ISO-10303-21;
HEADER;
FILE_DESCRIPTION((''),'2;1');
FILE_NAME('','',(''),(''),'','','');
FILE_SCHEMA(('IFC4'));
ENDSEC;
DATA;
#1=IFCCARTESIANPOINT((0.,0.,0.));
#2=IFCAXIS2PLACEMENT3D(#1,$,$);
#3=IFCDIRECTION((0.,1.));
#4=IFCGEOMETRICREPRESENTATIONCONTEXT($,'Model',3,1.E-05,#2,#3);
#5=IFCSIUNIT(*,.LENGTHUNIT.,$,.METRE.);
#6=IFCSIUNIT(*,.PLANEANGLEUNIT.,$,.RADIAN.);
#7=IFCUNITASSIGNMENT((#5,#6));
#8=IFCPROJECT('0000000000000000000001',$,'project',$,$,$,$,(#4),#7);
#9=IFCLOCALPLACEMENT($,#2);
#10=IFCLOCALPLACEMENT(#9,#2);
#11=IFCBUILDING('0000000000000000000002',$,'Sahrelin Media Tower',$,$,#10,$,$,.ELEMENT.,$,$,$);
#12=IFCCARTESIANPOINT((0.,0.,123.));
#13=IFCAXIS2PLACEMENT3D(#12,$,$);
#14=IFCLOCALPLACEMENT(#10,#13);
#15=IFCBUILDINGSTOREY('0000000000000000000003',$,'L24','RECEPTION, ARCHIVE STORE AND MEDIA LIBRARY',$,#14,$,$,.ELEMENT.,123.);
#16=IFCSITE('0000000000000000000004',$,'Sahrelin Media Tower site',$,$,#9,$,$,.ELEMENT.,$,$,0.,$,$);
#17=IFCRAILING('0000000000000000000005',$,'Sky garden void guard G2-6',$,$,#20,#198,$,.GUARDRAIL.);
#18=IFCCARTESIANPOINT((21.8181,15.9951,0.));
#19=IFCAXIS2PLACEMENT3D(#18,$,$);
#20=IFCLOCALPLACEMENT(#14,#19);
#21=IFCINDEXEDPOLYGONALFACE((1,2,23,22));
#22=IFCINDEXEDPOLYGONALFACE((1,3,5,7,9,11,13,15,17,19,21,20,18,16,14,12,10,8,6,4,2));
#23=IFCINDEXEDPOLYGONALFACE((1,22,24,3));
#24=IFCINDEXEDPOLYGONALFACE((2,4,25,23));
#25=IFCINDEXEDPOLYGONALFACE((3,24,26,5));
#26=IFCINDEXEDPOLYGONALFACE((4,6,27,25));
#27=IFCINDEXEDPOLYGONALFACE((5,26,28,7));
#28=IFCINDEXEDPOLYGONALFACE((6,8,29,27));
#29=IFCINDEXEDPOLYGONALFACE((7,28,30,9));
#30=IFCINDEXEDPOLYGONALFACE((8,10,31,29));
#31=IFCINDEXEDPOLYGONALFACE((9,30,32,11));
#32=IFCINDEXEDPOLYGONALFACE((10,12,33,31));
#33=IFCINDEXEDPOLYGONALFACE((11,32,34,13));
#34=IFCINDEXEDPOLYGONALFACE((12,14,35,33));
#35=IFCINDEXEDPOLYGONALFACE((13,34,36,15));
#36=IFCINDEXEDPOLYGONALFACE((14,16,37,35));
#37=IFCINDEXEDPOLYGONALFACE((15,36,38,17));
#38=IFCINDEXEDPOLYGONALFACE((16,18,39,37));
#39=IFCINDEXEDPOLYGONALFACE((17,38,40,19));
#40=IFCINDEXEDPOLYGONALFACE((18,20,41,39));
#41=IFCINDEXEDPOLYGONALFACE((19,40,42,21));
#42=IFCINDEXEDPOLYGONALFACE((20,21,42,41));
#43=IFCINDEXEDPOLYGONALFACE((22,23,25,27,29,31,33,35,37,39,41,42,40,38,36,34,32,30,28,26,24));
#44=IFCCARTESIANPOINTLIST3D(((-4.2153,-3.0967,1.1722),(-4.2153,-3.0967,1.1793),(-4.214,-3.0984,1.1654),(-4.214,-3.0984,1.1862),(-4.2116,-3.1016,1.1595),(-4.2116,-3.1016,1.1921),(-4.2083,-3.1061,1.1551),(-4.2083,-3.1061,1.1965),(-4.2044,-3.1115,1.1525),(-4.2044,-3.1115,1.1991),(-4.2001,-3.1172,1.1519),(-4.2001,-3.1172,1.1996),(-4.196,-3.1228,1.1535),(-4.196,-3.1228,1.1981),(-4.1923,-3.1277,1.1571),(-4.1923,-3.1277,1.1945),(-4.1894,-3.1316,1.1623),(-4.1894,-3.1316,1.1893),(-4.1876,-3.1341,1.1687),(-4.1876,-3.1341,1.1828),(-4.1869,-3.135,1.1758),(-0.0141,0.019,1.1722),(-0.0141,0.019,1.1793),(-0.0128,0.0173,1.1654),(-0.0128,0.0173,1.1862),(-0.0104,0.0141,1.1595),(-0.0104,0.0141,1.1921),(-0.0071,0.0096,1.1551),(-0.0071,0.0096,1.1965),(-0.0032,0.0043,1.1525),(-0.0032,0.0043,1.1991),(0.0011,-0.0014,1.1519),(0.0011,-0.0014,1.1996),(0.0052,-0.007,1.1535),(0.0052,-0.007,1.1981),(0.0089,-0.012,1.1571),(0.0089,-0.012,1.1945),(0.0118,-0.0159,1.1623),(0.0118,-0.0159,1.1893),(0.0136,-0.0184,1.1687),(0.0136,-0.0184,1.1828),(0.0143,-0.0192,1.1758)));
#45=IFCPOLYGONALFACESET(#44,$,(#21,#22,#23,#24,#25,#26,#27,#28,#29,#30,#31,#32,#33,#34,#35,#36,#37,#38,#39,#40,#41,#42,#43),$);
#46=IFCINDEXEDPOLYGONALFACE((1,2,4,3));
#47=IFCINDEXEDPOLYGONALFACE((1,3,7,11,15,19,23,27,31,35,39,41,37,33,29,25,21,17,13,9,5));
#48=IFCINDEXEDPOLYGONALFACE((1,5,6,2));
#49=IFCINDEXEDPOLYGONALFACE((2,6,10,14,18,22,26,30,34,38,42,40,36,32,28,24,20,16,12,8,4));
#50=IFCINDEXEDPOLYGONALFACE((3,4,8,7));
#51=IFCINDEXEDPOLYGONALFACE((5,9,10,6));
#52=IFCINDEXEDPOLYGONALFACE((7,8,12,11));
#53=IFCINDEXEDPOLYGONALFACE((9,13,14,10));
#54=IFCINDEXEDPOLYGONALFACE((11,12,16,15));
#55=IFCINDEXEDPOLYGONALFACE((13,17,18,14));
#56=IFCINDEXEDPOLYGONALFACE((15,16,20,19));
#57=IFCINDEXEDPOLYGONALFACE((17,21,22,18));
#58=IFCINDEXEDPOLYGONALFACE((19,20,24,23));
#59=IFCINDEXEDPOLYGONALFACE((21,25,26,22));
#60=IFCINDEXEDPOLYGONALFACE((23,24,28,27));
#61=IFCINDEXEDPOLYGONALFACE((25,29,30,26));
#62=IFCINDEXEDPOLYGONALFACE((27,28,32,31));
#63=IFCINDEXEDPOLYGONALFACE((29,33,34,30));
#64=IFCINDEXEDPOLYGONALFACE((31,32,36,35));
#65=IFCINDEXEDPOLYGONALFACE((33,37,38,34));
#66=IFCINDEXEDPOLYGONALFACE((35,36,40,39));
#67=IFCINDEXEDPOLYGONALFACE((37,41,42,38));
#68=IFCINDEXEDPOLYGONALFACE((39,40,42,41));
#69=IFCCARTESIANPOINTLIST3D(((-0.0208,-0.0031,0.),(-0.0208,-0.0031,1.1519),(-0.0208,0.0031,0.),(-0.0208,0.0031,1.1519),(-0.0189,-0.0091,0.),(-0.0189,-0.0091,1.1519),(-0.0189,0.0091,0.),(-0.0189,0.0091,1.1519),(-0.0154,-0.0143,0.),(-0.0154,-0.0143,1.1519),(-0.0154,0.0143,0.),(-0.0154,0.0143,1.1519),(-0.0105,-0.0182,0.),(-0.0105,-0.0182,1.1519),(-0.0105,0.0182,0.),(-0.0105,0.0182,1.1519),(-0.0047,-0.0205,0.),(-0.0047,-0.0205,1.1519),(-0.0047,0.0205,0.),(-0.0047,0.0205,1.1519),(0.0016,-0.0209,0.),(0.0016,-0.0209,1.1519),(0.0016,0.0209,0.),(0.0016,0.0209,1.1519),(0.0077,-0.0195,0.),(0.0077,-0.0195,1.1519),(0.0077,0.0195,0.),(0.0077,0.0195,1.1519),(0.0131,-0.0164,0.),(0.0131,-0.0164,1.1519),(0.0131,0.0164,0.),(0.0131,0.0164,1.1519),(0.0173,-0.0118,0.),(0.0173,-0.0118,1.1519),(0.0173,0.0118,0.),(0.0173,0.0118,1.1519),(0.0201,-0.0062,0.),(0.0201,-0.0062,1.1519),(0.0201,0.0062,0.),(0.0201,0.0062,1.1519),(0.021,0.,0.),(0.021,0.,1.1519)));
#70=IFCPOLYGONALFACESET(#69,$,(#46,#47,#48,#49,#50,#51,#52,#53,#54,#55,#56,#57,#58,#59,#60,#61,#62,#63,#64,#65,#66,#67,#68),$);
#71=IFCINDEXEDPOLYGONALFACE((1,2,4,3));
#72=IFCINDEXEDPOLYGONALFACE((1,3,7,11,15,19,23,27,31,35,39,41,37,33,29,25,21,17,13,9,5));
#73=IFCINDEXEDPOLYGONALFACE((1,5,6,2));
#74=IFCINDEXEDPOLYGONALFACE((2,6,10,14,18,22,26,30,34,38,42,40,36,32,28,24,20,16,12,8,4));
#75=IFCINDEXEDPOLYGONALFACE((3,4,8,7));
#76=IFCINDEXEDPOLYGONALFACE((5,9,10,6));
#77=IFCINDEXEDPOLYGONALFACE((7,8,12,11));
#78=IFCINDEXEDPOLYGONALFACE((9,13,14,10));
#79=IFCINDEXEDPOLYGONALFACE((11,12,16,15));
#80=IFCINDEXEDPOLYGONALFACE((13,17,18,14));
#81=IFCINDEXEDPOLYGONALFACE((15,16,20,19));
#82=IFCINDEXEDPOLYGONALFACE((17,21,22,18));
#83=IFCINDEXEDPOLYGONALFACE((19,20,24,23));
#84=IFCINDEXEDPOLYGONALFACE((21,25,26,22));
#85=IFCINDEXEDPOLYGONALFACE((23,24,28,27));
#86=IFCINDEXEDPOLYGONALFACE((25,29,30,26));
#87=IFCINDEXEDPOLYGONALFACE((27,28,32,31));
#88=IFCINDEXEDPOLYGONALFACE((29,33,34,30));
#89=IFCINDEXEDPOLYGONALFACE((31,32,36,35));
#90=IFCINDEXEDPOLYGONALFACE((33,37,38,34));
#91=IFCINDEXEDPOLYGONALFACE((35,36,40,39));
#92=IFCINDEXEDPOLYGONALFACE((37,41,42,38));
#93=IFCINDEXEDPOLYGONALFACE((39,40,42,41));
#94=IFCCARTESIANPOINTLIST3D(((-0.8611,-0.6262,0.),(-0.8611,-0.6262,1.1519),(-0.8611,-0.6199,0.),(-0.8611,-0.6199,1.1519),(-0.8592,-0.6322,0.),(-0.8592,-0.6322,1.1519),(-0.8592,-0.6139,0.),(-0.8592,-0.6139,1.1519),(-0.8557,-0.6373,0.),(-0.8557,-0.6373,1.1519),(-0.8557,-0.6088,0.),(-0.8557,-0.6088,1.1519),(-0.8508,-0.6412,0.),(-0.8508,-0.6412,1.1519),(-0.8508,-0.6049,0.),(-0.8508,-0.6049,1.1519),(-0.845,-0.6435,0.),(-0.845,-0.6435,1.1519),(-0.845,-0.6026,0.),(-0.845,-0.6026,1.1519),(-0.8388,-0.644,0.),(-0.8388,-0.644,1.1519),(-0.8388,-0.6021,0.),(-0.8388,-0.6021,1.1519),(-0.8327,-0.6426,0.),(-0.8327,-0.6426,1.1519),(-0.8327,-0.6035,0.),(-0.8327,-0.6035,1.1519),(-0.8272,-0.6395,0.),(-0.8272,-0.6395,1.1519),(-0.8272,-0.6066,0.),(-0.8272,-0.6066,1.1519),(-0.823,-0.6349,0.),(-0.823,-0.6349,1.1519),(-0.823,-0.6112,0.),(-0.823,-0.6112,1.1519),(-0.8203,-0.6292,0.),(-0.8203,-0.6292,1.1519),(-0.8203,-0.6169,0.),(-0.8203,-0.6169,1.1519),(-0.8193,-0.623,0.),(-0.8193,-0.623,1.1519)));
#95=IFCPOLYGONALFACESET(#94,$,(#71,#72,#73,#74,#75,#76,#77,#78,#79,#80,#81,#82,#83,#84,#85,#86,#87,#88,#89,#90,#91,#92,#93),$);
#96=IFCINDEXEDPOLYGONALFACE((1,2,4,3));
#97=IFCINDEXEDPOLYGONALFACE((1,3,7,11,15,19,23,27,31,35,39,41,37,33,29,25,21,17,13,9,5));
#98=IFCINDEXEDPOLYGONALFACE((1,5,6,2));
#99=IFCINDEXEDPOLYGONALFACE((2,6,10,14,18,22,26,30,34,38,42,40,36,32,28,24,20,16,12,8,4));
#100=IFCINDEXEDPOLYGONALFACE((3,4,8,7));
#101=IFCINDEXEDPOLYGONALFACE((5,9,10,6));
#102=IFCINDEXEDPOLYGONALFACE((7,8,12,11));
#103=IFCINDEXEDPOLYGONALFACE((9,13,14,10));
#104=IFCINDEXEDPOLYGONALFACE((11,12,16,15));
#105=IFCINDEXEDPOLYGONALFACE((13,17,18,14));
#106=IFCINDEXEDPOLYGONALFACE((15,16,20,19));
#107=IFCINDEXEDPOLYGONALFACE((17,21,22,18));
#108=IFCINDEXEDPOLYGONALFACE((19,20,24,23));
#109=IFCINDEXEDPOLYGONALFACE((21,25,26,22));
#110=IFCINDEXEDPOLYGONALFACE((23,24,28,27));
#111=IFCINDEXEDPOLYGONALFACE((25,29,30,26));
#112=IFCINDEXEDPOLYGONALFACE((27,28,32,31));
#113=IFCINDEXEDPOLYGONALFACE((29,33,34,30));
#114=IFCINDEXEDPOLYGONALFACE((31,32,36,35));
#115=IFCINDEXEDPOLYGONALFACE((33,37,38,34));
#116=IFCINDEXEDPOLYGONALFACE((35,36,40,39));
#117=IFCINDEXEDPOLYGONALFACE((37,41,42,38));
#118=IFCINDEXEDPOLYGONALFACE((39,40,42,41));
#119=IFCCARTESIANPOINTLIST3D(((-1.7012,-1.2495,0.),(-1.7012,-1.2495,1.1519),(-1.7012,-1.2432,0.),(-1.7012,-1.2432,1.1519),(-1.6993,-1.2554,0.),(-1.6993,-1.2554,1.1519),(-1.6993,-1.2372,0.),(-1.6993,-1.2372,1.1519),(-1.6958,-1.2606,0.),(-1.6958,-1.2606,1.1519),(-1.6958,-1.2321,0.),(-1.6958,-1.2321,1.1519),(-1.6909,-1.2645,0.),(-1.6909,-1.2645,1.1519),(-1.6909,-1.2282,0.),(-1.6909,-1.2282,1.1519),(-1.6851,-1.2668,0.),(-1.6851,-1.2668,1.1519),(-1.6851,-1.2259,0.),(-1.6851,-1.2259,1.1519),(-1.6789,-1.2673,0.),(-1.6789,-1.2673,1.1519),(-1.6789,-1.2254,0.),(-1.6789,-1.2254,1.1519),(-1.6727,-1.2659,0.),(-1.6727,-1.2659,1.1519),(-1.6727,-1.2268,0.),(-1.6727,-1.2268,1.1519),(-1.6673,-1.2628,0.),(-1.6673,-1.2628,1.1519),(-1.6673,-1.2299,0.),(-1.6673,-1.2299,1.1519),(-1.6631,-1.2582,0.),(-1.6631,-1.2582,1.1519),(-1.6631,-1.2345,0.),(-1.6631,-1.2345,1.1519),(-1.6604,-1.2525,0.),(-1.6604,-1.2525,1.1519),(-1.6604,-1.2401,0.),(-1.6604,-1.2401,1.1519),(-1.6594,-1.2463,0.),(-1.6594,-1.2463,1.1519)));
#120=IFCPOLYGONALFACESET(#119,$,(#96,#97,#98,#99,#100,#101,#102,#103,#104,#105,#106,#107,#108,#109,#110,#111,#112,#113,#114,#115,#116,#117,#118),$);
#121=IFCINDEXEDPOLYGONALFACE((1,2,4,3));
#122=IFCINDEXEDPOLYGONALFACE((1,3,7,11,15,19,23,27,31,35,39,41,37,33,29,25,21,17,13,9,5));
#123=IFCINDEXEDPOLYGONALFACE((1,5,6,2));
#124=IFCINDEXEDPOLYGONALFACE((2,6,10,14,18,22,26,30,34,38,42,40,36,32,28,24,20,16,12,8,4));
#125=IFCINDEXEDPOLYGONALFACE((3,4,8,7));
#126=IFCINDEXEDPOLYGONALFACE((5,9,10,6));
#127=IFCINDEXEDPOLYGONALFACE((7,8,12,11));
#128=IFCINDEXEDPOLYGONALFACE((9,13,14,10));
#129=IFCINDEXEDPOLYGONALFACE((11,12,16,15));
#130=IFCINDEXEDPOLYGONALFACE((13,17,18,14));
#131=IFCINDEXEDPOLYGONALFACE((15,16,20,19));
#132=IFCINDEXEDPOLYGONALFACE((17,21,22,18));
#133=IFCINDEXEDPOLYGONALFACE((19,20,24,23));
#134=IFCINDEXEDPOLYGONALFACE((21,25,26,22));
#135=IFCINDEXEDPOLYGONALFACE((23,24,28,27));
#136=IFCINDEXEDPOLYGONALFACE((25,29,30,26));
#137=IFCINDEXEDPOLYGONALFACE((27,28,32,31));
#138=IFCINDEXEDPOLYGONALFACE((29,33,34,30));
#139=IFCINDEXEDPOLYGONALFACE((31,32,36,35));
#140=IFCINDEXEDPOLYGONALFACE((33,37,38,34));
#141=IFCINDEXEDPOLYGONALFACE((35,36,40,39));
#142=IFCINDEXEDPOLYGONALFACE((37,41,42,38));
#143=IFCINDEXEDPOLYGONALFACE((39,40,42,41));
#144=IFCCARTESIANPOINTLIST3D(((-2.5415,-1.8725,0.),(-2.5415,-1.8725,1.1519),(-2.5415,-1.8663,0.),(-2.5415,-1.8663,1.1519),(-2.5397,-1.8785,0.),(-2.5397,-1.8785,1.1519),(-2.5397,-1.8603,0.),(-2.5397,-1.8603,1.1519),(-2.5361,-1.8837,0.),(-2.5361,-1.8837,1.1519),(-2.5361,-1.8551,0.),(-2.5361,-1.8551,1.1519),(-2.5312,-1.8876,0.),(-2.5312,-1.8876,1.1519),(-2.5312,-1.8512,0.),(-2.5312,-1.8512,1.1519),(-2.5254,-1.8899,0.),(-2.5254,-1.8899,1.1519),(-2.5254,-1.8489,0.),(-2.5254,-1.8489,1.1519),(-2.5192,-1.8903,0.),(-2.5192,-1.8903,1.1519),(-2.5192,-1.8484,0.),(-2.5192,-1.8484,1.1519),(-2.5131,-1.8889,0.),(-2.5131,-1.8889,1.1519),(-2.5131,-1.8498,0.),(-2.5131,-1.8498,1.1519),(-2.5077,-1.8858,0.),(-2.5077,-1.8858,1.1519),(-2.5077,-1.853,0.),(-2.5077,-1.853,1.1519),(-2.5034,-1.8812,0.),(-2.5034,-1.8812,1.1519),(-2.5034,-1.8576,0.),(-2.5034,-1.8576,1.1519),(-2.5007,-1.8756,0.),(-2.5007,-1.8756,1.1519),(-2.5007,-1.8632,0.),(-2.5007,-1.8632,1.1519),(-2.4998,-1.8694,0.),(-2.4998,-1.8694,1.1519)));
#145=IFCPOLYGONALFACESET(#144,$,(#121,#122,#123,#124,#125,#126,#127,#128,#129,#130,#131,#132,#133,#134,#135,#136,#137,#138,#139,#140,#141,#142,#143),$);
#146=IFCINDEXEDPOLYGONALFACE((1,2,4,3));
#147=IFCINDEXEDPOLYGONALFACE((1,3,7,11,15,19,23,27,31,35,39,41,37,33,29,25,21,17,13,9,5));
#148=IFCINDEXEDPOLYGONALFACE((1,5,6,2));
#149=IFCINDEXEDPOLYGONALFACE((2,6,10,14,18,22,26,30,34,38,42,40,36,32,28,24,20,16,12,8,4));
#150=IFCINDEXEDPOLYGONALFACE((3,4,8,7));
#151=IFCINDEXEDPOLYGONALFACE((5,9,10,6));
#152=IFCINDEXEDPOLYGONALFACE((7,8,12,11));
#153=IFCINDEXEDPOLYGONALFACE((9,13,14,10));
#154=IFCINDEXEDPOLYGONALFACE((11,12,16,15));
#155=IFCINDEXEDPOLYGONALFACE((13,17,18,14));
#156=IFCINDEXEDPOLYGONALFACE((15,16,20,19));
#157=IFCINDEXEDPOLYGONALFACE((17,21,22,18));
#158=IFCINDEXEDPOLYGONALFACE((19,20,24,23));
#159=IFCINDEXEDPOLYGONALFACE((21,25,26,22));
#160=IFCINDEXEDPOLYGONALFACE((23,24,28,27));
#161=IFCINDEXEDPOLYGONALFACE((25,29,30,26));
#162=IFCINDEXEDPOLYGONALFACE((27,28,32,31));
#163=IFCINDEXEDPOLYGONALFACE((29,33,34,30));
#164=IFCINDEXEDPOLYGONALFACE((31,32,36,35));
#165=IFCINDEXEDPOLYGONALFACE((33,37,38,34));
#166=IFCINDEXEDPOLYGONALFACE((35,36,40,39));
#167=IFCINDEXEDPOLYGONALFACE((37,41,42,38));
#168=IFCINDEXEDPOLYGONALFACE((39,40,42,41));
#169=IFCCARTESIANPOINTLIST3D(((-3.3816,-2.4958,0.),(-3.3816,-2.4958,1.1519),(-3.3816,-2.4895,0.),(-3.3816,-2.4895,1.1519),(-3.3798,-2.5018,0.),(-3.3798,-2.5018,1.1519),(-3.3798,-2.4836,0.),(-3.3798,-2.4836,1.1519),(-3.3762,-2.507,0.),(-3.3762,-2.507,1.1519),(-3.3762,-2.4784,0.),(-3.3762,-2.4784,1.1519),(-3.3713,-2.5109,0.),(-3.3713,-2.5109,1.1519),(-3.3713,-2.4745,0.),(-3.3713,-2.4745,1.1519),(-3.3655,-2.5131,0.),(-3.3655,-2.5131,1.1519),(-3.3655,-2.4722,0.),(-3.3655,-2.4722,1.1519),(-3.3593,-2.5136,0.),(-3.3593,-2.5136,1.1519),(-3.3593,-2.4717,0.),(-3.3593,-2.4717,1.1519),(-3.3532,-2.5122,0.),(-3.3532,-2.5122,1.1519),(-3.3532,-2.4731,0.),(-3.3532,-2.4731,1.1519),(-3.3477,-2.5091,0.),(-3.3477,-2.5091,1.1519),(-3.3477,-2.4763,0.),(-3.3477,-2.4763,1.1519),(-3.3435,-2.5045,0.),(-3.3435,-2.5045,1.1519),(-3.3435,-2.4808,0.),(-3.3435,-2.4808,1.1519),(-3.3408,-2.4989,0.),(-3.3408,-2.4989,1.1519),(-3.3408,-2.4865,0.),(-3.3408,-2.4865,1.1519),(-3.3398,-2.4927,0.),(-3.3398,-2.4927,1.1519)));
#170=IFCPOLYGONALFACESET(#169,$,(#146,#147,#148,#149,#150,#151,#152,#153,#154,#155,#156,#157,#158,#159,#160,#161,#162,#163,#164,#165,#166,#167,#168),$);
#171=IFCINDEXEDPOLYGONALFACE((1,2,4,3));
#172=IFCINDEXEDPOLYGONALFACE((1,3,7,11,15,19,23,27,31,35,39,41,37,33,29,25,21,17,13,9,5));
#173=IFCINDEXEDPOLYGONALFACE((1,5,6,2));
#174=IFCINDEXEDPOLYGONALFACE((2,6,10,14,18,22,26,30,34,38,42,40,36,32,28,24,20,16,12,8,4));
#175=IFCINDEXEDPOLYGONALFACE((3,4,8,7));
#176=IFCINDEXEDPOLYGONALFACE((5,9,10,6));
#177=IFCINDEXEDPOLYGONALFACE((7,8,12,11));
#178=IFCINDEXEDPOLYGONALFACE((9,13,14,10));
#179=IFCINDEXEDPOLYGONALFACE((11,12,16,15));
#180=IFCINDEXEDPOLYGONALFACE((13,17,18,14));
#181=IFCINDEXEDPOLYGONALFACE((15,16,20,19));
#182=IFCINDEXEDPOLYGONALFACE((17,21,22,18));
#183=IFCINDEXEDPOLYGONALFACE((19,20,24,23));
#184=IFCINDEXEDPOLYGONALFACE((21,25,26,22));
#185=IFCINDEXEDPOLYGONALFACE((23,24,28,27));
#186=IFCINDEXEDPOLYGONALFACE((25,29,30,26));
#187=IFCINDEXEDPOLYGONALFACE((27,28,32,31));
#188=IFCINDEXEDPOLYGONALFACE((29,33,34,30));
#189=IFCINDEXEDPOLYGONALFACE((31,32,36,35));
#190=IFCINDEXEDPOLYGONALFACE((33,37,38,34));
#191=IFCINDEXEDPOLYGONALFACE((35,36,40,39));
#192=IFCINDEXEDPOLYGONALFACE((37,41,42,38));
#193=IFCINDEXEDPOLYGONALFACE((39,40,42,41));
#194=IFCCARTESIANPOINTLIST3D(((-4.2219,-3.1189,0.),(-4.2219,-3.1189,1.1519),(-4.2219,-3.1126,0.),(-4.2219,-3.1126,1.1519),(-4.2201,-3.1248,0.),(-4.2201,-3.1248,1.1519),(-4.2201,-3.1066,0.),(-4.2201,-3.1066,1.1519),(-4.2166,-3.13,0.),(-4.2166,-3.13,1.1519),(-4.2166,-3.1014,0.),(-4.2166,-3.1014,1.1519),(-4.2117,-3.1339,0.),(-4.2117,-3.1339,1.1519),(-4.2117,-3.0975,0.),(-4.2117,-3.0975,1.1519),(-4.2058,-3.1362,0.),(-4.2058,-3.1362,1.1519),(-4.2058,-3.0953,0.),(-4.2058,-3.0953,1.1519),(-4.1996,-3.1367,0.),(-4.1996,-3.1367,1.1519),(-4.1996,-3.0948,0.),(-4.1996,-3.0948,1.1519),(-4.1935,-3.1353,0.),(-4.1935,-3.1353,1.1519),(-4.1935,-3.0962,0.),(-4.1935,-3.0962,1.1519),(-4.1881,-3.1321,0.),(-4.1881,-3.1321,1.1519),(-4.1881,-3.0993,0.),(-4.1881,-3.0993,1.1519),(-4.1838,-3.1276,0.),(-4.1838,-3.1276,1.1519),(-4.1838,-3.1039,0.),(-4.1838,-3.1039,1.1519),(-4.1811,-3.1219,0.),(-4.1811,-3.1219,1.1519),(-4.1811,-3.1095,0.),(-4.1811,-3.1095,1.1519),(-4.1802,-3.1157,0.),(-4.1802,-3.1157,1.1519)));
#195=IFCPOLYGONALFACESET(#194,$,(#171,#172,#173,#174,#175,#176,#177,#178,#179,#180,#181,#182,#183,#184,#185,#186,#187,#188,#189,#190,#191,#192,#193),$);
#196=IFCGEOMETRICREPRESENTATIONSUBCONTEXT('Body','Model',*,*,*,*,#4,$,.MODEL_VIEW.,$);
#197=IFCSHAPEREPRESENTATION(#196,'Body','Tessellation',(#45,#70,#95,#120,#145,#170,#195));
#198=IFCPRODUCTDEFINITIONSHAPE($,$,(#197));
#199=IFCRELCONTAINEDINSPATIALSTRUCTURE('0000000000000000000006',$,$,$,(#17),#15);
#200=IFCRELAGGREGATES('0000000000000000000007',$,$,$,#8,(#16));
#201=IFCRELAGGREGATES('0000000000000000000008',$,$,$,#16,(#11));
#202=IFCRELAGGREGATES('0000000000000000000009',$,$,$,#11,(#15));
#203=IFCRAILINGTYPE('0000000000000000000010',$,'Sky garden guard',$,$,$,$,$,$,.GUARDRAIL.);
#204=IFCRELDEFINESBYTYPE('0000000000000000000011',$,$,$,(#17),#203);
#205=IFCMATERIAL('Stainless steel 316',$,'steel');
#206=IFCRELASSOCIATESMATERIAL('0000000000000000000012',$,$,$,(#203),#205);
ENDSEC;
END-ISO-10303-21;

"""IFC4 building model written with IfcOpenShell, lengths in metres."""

from ifc_helpers import new_model, si_unit, direction, frame, origin, origin_2d, place, context, subcontext, project, spatial, circle, extrude, material, type_object, element, save


model = new_model("IFC4")

# Units and contexts
model_context = context("Model", 3, precision=1e-05, world=origin(), true_north=direction((0.0, 1.0)))
body_context = subcontext(model_context, "Body", "Model", "MODEL_VIEW")
ifc_project = project(units=[si_unit("LENGTHUNIT", "METRE"), si_unit("PLANEANGLEUNIT", "RADIAN")], contexts=[model_context])

# Site, building, storey
site_placement = place(None, origin())
site = spatial("IfcSite", under=ifc_project, at=site_placement, Name="Sahrelin Media Tower site", CompositionType="ELEMENT", RefElevation=0.0)
building_placement = place(site_placement, origin())
building = spatial("IfcBuilding", under=site, at=building_placement, Name="Sahrelin Media Tower", CompositionType="ELEMENT")
storey_placement = place(building_placement, frame((0.0, 0.0, 123.0)))
storey = spatial("IfcBuildingStorey", under=building, at=storey_placement, Name="L24", Description="RECEPTION, ARCHIVE STORE AND MEDIA LIBRARY", CompositionType="ELEMENT", Elevation=123.0)

# Railing
ifc_material_1 = material(Name="Stainless steel 316", Category="steel")
railing_type = type_object("IfcRailingType", Name="Sky garden guard", PredefinedType="GUARDRAIL", material=ifc_material_1)
railing_1_placement = place(storey_placement, frame((21.8181, 15.9951, 0.0)))
element("IfcRailing", 1, at=railing_1_placement, inside=storey, type_object=railing_type, Name="Sky garden void guard G2-6", PredefinedType="GUARDRAIL", context=body_context, shape_type="SweptSolid", body=[
    extrude(circle(Radius=0.0239, at=origin_2d()), frame((0.0, 0.0, 1.1758), z_axis=(-0.803215, -0.59569, 0.0), x_axis=(0.59569, -0.803215, 0.0)), (0.0, 0.0, 1.0), 5.2305),
    extrude(circle(Radius=0.021, at=origin_2d()), origin(), (0.0, 0.0, 1.0), 1.1519),
    extrude(circle(Radius=0.021, at=origin_2d()), frame((-0.8403, -0.623, 0.0)), (0.0, 0.0, 1.0), 1.1519),
    extrude(circle(Radius=0.021, at=origin_2d()), frame((-1.6804, -1.2463, 0.0)), (0.0, 0.0, 1.0), 1.1519),
    extrude(circle(Radius=0.021, at=origin_2d()), frame((-2.5208, -1.8694, 0.0)), (0.0, 0.0, 1.0), 1.1519),
    extrude(circle(Radius=0.021, at=origin_2d()), frame((-3.3608, -2.4927, 0.0)), (0.0, 0.0, 1.0), 1.1519),
    extrude(circle(Radius=0.021, at=origin_2d()), frame((-4.2012, -3.1157, 0.0)), (0.0, 0.0, 1.0), 1.1519),
])

save(model, "model.ifc")
